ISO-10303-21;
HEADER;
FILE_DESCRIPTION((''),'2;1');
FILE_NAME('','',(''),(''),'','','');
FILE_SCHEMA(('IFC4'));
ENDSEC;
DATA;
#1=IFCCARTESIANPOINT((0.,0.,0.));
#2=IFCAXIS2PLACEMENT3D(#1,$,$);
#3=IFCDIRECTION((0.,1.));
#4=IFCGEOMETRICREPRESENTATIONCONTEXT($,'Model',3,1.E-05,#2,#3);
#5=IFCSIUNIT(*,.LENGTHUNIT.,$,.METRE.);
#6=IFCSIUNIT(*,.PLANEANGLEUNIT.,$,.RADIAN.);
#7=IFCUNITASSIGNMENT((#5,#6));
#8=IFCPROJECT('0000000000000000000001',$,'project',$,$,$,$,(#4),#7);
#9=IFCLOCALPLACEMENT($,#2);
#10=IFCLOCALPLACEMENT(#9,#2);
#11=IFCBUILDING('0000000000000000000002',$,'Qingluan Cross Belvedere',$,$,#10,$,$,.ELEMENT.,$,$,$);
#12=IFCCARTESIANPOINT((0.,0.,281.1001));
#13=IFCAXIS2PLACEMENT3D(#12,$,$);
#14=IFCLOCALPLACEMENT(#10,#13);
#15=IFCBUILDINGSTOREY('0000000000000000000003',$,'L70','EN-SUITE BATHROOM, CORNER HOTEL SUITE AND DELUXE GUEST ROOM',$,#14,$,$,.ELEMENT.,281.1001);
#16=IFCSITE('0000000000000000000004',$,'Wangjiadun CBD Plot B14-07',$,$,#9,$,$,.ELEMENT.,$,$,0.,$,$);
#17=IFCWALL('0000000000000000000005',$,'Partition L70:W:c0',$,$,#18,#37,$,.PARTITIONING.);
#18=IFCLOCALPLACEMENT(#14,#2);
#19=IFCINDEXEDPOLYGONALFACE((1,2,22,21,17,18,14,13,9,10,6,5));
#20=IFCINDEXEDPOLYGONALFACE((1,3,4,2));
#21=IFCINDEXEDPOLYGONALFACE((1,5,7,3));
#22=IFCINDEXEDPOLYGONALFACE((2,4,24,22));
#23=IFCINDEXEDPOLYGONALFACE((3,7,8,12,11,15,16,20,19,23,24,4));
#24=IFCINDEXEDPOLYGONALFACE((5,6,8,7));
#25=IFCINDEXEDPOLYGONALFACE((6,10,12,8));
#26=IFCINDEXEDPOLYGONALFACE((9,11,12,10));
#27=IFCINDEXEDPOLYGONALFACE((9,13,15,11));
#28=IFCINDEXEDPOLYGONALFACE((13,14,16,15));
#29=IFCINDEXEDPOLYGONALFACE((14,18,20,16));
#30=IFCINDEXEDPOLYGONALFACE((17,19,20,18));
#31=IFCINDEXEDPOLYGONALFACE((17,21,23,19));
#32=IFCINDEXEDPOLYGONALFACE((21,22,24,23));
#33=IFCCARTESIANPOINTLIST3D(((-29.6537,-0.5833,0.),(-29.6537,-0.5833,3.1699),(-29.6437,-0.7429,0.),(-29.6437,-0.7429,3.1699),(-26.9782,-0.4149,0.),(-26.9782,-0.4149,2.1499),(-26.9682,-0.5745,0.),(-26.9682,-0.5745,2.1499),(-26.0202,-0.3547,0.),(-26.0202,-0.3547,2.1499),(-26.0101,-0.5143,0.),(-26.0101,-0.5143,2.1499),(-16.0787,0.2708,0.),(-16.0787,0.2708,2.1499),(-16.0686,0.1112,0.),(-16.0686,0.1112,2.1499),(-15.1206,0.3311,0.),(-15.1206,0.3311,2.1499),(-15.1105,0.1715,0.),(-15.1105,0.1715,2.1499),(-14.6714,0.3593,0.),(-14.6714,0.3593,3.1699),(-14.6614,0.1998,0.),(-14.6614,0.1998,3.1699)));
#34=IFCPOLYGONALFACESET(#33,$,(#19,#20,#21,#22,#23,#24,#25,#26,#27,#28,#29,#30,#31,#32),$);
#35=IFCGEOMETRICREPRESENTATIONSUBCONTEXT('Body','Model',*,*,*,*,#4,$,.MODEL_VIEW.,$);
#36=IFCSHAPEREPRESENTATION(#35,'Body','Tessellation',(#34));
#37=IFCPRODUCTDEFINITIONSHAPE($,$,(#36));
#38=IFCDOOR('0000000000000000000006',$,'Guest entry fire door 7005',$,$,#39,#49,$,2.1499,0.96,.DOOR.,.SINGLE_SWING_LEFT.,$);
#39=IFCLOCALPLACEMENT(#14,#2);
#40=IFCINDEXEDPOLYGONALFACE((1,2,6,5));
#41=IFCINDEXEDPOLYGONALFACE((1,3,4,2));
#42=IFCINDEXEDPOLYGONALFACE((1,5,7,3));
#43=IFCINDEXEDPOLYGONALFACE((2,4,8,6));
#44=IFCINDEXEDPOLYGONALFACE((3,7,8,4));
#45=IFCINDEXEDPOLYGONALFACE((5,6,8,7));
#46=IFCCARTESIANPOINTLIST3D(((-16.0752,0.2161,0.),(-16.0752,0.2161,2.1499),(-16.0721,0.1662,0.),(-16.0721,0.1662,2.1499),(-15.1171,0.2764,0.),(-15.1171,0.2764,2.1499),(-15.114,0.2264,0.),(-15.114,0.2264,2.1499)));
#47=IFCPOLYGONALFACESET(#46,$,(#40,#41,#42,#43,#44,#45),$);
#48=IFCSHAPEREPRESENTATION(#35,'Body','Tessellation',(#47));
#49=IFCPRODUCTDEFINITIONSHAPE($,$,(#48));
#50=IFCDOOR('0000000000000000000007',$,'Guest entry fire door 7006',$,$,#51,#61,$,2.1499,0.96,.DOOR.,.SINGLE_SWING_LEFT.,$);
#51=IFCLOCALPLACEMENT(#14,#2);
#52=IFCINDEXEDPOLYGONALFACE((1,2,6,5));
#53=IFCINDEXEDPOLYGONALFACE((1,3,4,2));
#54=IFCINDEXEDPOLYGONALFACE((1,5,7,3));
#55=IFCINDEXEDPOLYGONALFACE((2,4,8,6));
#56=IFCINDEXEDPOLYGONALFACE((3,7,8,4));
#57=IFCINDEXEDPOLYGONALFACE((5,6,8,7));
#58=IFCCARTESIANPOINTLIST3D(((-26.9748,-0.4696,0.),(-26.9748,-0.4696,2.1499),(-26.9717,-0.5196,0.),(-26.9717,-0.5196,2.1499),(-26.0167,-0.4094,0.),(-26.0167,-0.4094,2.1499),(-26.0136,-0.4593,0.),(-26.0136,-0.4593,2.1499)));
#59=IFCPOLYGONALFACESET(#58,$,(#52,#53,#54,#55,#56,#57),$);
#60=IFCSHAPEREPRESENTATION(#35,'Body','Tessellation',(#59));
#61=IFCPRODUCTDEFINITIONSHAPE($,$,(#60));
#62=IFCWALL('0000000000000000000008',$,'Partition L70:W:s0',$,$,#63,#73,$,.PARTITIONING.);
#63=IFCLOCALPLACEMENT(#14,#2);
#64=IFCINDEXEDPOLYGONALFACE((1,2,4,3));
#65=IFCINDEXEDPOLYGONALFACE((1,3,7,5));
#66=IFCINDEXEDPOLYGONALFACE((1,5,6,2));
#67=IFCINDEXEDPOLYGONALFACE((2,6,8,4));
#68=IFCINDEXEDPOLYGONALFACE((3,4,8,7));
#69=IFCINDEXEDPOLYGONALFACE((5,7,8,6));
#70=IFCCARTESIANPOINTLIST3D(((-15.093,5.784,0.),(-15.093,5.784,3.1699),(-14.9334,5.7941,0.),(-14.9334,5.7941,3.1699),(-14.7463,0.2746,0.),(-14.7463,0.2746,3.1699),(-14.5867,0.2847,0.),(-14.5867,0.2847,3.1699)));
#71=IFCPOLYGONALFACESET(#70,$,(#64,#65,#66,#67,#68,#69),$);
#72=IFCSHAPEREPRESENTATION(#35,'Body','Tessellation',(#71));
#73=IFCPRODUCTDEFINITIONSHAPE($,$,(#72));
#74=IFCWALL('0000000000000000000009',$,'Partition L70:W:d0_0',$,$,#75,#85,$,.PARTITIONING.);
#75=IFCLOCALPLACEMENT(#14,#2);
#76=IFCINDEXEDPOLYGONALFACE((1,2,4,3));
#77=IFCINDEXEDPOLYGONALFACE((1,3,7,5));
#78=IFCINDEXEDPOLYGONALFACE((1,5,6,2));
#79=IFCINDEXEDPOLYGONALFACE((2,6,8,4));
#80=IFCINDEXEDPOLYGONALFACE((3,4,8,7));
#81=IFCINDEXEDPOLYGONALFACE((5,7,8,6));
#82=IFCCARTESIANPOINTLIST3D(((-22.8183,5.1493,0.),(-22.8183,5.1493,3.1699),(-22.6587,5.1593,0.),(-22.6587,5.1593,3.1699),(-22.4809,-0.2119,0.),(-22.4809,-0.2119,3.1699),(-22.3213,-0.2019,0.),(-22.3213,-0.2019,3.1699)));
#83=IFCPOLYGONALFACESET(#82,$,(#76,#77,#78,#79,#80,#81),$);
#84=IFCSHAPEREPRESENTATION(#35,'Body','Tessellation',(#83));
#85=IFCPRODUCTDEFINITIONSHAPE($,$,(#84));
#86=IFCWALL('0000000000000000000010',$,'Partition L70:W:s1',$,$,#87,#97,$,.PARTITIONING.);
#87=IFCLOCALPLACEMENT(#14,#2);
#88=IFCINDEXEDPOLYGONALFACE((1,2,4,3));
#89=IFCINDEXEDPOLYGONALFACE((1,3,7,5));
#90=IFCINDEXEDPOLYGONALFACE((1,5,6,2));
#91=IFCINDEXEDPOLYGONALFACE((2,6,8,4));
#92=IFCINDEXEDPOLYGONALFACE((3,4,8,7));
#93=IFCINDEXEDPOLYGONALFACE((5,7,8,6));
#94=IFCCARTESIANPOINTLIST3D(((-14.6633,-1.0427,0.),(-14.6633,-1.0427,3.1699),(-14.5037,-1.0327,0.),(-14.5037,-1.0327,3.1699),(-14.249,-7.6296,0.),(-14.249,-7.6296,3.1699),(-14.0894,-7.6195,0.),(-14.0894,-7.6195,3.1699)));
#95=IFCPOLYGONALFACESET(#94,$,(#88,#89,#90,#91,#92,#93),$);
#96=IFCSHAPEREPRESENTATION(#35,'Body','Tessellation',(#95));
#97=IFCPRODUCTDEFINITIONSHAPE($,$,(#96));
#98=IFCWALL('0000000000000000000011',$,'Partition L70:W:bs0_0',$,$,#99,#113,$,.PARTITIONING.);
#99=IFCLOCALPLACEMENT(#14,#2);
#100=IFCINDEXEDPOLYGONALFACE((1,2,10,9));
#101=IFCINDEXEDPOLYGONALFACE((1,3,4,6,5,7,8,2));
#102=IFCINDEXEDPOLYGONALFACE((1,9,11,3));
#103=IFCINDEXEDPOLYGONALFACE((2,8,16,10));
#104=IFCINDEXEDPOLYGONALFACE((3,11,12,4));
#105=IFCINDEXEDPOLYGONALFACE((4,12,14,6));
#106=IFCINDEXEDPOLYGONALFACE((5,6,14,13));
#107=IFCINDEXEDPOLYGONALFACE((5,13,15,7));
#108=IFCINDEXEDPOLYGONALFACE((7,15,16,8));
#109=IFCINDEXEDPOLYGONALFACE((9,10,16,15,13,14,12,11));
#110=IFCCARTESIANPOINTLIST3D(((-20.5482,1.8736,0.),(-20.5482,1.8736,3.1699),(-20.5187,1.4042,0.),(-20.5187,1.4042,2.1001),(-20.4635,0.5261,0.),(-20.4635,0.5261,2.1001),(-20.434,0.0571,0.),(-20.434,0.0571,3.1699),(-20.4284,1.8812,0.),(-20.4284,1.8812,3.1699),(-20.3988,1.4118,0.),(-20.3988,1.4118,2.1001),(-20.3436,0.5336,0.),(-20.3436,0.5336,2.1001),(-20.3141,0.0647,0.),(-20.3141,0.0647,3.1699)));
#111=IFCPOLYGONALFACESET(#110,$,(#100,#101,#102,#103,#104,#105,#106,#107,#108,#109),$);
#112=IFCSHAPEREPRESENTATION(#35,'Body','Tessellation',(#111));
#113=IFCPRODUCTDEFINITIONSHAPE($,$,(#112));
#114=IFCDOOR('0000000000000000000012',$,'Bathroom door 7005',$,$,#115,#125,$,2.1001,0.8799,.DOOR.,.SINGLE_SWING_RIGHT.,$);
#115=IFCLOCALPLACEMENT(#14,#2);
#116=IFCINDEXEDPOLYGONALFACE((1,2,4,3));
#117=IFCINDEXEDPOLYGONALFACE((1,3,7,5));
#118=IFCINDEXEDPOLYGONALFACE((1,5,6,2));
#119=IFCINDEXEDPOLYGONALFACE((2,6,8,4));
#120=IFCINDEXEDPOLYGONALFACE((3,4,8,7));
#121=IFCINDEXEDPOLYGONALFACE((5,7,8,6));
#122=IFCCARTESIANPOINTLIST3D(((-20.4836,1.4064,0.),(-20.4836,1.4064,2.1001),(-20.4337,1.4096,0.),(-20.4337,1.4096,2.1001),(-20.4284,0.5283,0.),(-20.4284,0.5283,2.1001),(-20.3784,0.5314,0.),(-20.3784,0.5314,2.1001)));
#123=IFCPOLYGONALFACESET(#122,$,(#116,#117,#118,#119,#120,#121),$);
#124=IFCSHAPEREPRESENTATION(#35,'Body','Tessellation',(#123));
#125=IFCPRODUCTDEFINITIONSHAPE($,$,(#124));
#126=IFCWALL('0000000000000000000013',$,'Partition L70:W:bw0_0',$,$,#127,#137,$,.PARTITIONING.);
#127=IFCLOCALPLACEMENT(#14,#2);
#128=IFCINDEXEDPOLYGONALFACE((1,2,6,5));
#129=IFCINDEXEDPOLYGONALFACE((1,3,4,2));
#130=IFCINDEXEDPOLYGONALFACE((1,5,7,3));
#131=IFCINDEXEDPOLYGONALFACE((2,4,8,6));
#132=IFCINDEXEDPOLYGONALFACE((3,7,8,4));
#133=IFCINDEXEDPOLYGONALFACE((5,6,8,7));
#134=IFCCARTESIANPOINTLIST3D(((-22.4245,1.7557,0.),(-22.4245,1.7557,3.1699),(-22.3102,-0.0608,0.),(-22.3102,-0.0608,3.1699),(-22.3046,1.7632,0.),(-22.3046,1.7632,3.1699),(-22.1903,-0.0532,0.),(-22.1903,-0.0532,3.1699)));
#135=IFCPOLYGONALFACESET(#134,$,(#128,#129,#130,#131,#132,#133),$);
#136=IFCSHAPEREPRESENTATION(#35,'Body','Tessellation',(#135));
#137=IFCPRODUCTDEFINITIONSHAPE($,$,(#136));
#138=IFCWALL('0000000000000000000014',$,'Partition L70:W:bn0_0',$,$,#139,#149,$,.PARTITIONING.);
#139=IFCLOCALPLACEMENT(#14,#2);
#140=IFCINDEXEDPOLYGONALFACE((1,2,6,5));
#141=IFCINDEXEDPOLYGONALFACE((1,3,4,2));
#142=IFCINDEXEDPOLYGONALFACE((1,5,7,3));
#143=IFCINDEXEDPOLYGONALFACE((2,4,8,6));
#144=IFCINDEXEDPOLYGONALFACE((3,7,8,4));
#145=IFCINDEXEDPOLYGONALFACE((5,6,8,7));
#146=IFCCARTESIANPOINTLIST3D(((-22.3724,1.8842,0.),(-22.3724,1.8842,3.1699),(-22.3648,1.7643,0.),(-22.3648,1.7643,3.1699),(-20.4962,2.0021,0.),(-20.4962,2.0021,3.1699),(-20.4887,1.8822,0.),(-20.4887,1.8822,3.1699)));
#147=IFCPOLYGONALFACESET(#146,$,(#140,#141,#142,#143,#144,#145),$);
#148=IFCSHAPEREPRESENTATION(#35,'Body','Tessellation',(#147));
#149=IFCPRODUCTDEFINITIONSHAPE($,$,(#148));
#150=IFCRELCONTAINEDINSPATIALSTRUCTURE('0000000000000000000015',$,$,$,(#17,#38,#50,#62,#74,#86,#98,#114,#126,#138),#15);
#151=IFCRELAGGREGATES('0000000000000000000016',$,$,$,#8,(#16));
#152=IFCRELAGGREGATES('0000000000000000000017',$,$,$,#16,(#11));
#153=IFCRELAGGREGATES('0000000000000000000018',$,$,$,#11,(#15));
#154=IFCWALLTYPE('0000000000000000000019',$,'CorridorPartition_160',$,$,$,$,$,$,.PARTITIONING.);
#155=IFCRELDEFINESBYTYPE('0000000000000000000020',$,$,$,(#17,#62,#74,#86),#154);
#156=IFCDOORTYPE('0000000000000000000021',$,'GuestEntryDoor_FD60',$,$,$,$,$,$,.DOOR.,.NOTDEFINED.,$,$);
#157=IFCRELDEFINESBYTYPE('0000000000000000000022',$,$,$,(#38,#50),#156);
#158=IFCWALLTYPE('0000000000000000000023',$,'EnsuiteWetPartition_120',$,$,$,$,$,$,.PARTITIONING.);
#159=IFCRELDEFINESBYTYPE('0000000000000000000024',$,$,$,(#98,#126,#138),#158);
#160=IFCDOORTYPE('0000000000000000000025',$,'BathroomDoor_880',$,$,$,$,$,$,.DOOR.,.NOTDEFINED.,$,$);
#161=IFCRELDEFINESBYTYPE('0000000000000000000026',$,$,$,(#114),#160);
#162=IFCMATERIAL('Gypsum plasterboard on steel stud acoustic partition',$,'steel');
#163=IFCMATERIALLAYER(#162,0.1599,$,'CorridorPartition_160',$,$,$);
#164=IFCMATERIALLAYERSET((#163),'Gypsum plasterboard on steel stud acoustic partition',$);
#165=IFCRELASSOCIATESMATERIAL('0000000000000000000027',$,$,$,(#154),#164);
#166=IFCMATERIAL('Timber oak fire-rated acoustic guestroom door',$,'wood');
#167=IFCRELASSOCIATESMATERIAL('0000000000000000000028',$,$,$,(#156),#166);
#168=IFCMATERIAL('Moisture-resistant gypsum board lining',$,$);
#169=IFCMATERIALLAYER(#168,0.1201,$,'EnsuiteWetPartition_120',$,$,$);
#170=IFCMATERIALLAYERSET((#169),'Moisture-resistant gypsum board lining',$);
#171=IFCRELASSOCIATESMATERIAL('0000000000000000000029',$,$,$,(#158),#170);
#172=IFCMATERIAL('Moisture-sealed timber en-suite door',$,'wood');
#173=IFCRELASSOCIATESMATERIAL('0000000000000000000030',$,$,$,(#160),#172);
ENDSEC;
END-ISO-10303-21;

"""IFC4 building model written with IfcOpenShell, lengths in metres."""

from ifc_helpers import new_model, si_unit, direction, frame, frame_2d, origin, place, context, subcontext, project, spatial, rectangle, extrude, material, layer, layer_set, type_object, element, fill, save


model = new_model("IFC4")

# Units and contexts
model_context = context("Model", 3, precision=1e-05, world=origin(), true_north=direction((0.0, 1.0)))
body_context = subcontext(model_context, "Body", "Model", "MODEL_VIEW")
ifc_project = project(units=[si_unit("LENGTHUNIT", "METRE"), si_unit("PLANEANGLEUNIT", "RADIAN")], contexts=[model_context])

# Site, building, storey
site_placement = place(None, origin())
site = spatial("IfcSite", under=ifc_project, at=site_placement, Name="Wangjiadun CBD Plot B14-07", CompositionType="ELEMENT", RefElevation=0.0)
building_placement = place(site_placement, origin())
building = spatial("IfcBuilding", under=site, at=building_placement, Name="Qingluan Cross Belvedere", CompositionType="ELEMENT")
storey_placement = place(building_placement, frame((0.0, 0.0, 281.1001)))
storey = spatial("IfcBuildingStorey", under=building, at=storey_placement, Name="L70", Description="EN-SUITE BATHROOM, CORNER HOTEL SUITE AND DELUXE GUEST ROOM", CompositionType="ELEMENT", Elevation=281.1001)

# Wall, openings, doors
ifc_material_1 = material(Name="Gypsum plasterboard on steel stud acoustic partition", Category="steel")
ifc_layer_1 = layer(ifc_material_1, 0.1599, Name="CorridorPartition_160")
ifc_layer_set_1 = layer_set([ifc_layer_1], Name="Gypsum plasterboard on steel stud acoustic partition")
wall_type_1 = type_object("IfcWallType", Name="CorridorPartition_160", PredefinedType="PARTITIONING", material=ifc_layer_set_1)
wall_1_placement = place(storey_placement, frame((-14.6665, 0.2795, 0.0), z_axis=(0.0, 0.0, 1.0), x_axis=(-0.998027, -0.062791, 0.0)))
wall_1 = element("IfcWall", 1, at=wall_1_placement, inside=storey, type_object=wall_type_1, Name="Partition L70:W:c0", PredefinedType="PARTITIONING", context=body_context, shape_type="SweptSolid", body=[
    extrude(rectangle(XDim=15.012, YDim=0.1599, at=frame_2d((7.5059, 0.0))), origin(), (0.0, 0.0, 1.0), 3.1699),
])
opening_1_placement = place(wall_1_placement, frame((0.45, 0.0, 0.0)))
opening_1 = element("IfcOpeningElement", 2, at=opening_1_placement, cuts=wall_1, PredefinedType="OPENING", context=body_context, shape_type="SweptSolid", body=[
    extrude(rectangle(XDim=0.96, YDim=2.1499, at=frame_2d((0.48, 1.075))), frame((0.0, 0.0898, 0.0), z_axis=(0.0, -1.0, 0.0), x_axis=(1.0, 0.0, 0.0)), (0.0, 0.0, 1.0), 0.1799),
])
opening_2_placement = place(wall_1_placement, frame((11.3711, 0.0, 0.0)))
opening_2 = element("IfcOpeningElement", 3, at=opening_2_placement, cuts=wall_1, PredefinedType="OPENING", context=body_context, shape_type="SweptSolid", body=[
    extrude(rectangle(XDim=0.96, YDim=2.1499, at=frame_2d((0.48, 1.075))), frame((0.0, 0.0898, 0.0), z_axis=(0.0, -1.0, 0.0), x_axis=(1.0, 0.0, 0.0)), (0.0, 0.0, 1.0), 0.1799),
])
ifc_material_2 = material(Name="Timber oak fire-rated acoustic guestroom door", Category="wood")
door_type_1 = type_object("IfcDoorType", Name="GuestEntryDoor_FD60", OperationType="NOTDEFINED", PredefinedType="DOOR", material=ifc_material_2)
door_1_placement = place(opening_1_placement, origin())
door_1 = element("IfcDoor", 4, at=door_1_placement, inside=storey, type_object=door_type_1, Name="Guest entry fire door 7005", OperationType="SINGLE_SWING_LEFT", OverallHeight=2.1499, OverallWidth=0.96, PredefinedType="DOOR", context=body_context, shape_type="SweptSolid", body=[
    extrude(rectangle(XDim=0.96, YDim=2.1499, at=frame_2d((0.48, 1.075))), frame((0.0, 0.0249, 0.0), z_axis=(0.0, -1.0, 0.0), x_axis=(1.0, 0.0, 0.0)), (0.0, 0.0, 1.0), 0.05),
])
fill(opening_1, door_1)
door_2_placement = place(opening_2_placement, origin())
door_2 = element("IfcDoor", 5, at=door_2_placement, inside=storey, type_object=door_type_1, Name="Guest entry fire door 7006", OperationType="SINGLE_SWING_LEFT", OverallHeight=2.1499, OverallWidth=0.96, PredefinedType="DOOR", context=body_context, shape_type="SweptSolid", body=[
    extrude(rectangle(XDim=0.96, YDim=2.1499, at=frame_2d((0.48, 1.075))), frame((0.0, 0.0249, 0.0), z_axis=(0.0, -1.0, 0.0), x_axis=(1.0, 0.0, 0.0)), (0.0, 0.0, 1.0), 0.05),
])
fill(opening_2, door_2)

# Walls
wall_2_placement = place(storey_placement, frame((-14.6665, 0.2795, 0.0), z_axis=(0.0, 0.0, 1.0), x_axis=(-0.062802, 0.998026, 0.0)))
element("IfcWall", 6, at=wall_2_placement, inside=storey, type_object=wall_type_1, Name="Partition L70:W:s0", PredefinedType="PARTITIONING", context=body_context, shape_type="SweptSolid", body=[
    extrude(rectangle(XDim=5.5203, YDim=0.1599, at=frame_2d((2.7603, 0.0))), origin(), (0.0, 0.0, 1.0), 3.1699),
])
wall_3_placement = place(storey_placement, frame((-22.4011, -0.207, 0.0), z_axis=(0.0, 0.0, 1.0), x_axis=(-0.062808, 0.998026, 0.0)))
element("IfcWall", 7, at=wall_3_placement, inside=storey, type_object=wall_type_1, Name="Partition L70:W:d0_0", PredefinedType="PARTITIONING", context=body_context, shape_type="SweptSolid", body=[
    extrude(rectangle(XDim=5.3718, YDim=0.1599, at=frame_2d((2.686, 0.0))), origin(), (0.0, 0.0, 1.0), 3.1699),
])
wall_4_placement = place(storey_placement, frame((-14.5835, -1.0378, 0.0), z_axis=(0.0, 0.0, 1.0), x_axis=(0.062774, -0.998028, 0.0)))
element("IfcWall", 8, at=wall_4_placement, inside=storey, type_object=wall_type_1, Name="Partition L70:W:s1", PredefinedType="PARTITIONING", context=body_context, shape_type="SweptSolid", body=[
    extrude(rectangle(XDim=6.5999, YDim=0.1599, at=frame_2d((3.2998, 0.0))), origin(), (0.0, 0.0, 1.0), 3.1699),
])

# Wall, opening, door
ifc_material_3 = material(Name="Moisture-resistant gypsum board lining")
ifc_layer_2 = layer(ifc_material_3, 0.1201, Name="EnsuiteWetPartition_120")
ifc_layer_set_2 = layer_set([ifc_layer_2], Name="Moisture-resistant gypsum board lining")
wall_type_2 = type_object("IfcWallType", Name="EnsuiteWetPartition_120", PredefinedType="PARTITIONING", material=ifc_layer_set_2)
wall_5_placement = place(storey_placement, frame((-20.374, 0.0608, 0.0), z_axis=(0.0, 0.0, 1.0), x_axis=(-0.062779, 0.998027, 0.0)))
wall_5 = element("IfcWall", 9, at=wall_5_placement, inside=storey, type_object=wall_type_2, Name="Partition L70:W:bs0_0", PredefinedType="PARTITIONING", context=body_context, shape_type="SweptSolid", body=[
    extrude(rectangle(XDim=1.8201, YDim=0.1201, at=frame_2d((0.9102, 0.0))), origin(), (0.0, 0.0, 1.0), 3.1699),
])
opening_3_placement = place(wall_5_placement, frame((0.47, 0.0, 0.0)))
opening_3 = element("IfcOpeningElement", 10, at=opening_3_placement, cuts=wall_5, PredefinedType="OPENING", context=body_context, shape_type="SweptSolid", body=[
    extrude(rectangle(XDim=0.8799, YDim=2.1001, at=frame_2d((0.4399, 1.05))), frame((0.0, 0.0701, 0.0), z_axis=(0.0, -1.0, 0.0), x_axis=(1.0, 0.0, 0.0)), (0.0, 0.0, 1.0), 0.1401),
])
ifc_material_4 = material(Name="Moisture-sealed timber en-suite door", Category="wood")
door_type_2 = type_object("IfcDoorType", Name="BathroomDoor_880", OperationType="NOTDEFINED", PredefinedType="DOOR", material=ifc_material_4)
door_3_placement = place(opening_3_placement, origin())
door_3 = element("IfcDoor", 11, at=door_3_placement, inside=storey, type_object=door_type_2, Name="Bathroom door 7005", OperationType="SINGLE_SWING_RIGHT", OverallHeight=2.1001, OverallWidth=0.8799, PredefinedType="DOOR", context=body_context, shape_type="SweptSolid", body=[
    extrude(rectangle(XDim=0.8799, YDim=2.1001, at=frame_2d((0.4399, 1.05))), frame((0.0, 0.0249, 0.0), z_axis=(0.0, -1.0, 0.0), x_axis=(1.0, 0.0, 0.0)), (0.0, 0.0, 1.0), 0.05),
])
fill(opening_3, door_3)

# Walls
wall_6_placement = place(storey_placement, frame((-22.2502, -0.0571, 0.0), z_axis=(0.0, 0.0, 1.0), x_axis=(-0.062779, 0.998027, 0.0)))
element("IfcWall", 12, at=wall_6_placement, inside=storey, type_object=wall_type_2, Name="Partition L70:W:bw0_0", PredefinedType="PARTITIONING", context=body_context, shape_type="SweptSolid", body=[
    extrude(rectangle(XDim=1.8201, YDim=0.1201, at=frame_2d((0.9102, 0.0))), origin(), (0.0, 0.0, 1.0), 3.1699),
])
wall_7_placement = place(storey_placement, frame((-20.4924, 1.9421, 0.0), z_axis=(0.0, 0.0, 1.0), x_axis=(-0.998031, -0.062726, 0.0)))
element("IfcWall", 13, at=wall_7_placement, inside=storey, type_object=wall_type_2, Name="Partition L70:W:bn0_0", PredefinedType="PARTITIONING", context=body_context, shape_type="SweptSolid", body=[
    extrude(rectangle(XDim=1.8799, YDim=0.1201, at=frame_2d((0.9399, 0.0))), origin(), (0.0, 0.0, 1.0), 3.1699),
])

save(model, "model.ifc")
